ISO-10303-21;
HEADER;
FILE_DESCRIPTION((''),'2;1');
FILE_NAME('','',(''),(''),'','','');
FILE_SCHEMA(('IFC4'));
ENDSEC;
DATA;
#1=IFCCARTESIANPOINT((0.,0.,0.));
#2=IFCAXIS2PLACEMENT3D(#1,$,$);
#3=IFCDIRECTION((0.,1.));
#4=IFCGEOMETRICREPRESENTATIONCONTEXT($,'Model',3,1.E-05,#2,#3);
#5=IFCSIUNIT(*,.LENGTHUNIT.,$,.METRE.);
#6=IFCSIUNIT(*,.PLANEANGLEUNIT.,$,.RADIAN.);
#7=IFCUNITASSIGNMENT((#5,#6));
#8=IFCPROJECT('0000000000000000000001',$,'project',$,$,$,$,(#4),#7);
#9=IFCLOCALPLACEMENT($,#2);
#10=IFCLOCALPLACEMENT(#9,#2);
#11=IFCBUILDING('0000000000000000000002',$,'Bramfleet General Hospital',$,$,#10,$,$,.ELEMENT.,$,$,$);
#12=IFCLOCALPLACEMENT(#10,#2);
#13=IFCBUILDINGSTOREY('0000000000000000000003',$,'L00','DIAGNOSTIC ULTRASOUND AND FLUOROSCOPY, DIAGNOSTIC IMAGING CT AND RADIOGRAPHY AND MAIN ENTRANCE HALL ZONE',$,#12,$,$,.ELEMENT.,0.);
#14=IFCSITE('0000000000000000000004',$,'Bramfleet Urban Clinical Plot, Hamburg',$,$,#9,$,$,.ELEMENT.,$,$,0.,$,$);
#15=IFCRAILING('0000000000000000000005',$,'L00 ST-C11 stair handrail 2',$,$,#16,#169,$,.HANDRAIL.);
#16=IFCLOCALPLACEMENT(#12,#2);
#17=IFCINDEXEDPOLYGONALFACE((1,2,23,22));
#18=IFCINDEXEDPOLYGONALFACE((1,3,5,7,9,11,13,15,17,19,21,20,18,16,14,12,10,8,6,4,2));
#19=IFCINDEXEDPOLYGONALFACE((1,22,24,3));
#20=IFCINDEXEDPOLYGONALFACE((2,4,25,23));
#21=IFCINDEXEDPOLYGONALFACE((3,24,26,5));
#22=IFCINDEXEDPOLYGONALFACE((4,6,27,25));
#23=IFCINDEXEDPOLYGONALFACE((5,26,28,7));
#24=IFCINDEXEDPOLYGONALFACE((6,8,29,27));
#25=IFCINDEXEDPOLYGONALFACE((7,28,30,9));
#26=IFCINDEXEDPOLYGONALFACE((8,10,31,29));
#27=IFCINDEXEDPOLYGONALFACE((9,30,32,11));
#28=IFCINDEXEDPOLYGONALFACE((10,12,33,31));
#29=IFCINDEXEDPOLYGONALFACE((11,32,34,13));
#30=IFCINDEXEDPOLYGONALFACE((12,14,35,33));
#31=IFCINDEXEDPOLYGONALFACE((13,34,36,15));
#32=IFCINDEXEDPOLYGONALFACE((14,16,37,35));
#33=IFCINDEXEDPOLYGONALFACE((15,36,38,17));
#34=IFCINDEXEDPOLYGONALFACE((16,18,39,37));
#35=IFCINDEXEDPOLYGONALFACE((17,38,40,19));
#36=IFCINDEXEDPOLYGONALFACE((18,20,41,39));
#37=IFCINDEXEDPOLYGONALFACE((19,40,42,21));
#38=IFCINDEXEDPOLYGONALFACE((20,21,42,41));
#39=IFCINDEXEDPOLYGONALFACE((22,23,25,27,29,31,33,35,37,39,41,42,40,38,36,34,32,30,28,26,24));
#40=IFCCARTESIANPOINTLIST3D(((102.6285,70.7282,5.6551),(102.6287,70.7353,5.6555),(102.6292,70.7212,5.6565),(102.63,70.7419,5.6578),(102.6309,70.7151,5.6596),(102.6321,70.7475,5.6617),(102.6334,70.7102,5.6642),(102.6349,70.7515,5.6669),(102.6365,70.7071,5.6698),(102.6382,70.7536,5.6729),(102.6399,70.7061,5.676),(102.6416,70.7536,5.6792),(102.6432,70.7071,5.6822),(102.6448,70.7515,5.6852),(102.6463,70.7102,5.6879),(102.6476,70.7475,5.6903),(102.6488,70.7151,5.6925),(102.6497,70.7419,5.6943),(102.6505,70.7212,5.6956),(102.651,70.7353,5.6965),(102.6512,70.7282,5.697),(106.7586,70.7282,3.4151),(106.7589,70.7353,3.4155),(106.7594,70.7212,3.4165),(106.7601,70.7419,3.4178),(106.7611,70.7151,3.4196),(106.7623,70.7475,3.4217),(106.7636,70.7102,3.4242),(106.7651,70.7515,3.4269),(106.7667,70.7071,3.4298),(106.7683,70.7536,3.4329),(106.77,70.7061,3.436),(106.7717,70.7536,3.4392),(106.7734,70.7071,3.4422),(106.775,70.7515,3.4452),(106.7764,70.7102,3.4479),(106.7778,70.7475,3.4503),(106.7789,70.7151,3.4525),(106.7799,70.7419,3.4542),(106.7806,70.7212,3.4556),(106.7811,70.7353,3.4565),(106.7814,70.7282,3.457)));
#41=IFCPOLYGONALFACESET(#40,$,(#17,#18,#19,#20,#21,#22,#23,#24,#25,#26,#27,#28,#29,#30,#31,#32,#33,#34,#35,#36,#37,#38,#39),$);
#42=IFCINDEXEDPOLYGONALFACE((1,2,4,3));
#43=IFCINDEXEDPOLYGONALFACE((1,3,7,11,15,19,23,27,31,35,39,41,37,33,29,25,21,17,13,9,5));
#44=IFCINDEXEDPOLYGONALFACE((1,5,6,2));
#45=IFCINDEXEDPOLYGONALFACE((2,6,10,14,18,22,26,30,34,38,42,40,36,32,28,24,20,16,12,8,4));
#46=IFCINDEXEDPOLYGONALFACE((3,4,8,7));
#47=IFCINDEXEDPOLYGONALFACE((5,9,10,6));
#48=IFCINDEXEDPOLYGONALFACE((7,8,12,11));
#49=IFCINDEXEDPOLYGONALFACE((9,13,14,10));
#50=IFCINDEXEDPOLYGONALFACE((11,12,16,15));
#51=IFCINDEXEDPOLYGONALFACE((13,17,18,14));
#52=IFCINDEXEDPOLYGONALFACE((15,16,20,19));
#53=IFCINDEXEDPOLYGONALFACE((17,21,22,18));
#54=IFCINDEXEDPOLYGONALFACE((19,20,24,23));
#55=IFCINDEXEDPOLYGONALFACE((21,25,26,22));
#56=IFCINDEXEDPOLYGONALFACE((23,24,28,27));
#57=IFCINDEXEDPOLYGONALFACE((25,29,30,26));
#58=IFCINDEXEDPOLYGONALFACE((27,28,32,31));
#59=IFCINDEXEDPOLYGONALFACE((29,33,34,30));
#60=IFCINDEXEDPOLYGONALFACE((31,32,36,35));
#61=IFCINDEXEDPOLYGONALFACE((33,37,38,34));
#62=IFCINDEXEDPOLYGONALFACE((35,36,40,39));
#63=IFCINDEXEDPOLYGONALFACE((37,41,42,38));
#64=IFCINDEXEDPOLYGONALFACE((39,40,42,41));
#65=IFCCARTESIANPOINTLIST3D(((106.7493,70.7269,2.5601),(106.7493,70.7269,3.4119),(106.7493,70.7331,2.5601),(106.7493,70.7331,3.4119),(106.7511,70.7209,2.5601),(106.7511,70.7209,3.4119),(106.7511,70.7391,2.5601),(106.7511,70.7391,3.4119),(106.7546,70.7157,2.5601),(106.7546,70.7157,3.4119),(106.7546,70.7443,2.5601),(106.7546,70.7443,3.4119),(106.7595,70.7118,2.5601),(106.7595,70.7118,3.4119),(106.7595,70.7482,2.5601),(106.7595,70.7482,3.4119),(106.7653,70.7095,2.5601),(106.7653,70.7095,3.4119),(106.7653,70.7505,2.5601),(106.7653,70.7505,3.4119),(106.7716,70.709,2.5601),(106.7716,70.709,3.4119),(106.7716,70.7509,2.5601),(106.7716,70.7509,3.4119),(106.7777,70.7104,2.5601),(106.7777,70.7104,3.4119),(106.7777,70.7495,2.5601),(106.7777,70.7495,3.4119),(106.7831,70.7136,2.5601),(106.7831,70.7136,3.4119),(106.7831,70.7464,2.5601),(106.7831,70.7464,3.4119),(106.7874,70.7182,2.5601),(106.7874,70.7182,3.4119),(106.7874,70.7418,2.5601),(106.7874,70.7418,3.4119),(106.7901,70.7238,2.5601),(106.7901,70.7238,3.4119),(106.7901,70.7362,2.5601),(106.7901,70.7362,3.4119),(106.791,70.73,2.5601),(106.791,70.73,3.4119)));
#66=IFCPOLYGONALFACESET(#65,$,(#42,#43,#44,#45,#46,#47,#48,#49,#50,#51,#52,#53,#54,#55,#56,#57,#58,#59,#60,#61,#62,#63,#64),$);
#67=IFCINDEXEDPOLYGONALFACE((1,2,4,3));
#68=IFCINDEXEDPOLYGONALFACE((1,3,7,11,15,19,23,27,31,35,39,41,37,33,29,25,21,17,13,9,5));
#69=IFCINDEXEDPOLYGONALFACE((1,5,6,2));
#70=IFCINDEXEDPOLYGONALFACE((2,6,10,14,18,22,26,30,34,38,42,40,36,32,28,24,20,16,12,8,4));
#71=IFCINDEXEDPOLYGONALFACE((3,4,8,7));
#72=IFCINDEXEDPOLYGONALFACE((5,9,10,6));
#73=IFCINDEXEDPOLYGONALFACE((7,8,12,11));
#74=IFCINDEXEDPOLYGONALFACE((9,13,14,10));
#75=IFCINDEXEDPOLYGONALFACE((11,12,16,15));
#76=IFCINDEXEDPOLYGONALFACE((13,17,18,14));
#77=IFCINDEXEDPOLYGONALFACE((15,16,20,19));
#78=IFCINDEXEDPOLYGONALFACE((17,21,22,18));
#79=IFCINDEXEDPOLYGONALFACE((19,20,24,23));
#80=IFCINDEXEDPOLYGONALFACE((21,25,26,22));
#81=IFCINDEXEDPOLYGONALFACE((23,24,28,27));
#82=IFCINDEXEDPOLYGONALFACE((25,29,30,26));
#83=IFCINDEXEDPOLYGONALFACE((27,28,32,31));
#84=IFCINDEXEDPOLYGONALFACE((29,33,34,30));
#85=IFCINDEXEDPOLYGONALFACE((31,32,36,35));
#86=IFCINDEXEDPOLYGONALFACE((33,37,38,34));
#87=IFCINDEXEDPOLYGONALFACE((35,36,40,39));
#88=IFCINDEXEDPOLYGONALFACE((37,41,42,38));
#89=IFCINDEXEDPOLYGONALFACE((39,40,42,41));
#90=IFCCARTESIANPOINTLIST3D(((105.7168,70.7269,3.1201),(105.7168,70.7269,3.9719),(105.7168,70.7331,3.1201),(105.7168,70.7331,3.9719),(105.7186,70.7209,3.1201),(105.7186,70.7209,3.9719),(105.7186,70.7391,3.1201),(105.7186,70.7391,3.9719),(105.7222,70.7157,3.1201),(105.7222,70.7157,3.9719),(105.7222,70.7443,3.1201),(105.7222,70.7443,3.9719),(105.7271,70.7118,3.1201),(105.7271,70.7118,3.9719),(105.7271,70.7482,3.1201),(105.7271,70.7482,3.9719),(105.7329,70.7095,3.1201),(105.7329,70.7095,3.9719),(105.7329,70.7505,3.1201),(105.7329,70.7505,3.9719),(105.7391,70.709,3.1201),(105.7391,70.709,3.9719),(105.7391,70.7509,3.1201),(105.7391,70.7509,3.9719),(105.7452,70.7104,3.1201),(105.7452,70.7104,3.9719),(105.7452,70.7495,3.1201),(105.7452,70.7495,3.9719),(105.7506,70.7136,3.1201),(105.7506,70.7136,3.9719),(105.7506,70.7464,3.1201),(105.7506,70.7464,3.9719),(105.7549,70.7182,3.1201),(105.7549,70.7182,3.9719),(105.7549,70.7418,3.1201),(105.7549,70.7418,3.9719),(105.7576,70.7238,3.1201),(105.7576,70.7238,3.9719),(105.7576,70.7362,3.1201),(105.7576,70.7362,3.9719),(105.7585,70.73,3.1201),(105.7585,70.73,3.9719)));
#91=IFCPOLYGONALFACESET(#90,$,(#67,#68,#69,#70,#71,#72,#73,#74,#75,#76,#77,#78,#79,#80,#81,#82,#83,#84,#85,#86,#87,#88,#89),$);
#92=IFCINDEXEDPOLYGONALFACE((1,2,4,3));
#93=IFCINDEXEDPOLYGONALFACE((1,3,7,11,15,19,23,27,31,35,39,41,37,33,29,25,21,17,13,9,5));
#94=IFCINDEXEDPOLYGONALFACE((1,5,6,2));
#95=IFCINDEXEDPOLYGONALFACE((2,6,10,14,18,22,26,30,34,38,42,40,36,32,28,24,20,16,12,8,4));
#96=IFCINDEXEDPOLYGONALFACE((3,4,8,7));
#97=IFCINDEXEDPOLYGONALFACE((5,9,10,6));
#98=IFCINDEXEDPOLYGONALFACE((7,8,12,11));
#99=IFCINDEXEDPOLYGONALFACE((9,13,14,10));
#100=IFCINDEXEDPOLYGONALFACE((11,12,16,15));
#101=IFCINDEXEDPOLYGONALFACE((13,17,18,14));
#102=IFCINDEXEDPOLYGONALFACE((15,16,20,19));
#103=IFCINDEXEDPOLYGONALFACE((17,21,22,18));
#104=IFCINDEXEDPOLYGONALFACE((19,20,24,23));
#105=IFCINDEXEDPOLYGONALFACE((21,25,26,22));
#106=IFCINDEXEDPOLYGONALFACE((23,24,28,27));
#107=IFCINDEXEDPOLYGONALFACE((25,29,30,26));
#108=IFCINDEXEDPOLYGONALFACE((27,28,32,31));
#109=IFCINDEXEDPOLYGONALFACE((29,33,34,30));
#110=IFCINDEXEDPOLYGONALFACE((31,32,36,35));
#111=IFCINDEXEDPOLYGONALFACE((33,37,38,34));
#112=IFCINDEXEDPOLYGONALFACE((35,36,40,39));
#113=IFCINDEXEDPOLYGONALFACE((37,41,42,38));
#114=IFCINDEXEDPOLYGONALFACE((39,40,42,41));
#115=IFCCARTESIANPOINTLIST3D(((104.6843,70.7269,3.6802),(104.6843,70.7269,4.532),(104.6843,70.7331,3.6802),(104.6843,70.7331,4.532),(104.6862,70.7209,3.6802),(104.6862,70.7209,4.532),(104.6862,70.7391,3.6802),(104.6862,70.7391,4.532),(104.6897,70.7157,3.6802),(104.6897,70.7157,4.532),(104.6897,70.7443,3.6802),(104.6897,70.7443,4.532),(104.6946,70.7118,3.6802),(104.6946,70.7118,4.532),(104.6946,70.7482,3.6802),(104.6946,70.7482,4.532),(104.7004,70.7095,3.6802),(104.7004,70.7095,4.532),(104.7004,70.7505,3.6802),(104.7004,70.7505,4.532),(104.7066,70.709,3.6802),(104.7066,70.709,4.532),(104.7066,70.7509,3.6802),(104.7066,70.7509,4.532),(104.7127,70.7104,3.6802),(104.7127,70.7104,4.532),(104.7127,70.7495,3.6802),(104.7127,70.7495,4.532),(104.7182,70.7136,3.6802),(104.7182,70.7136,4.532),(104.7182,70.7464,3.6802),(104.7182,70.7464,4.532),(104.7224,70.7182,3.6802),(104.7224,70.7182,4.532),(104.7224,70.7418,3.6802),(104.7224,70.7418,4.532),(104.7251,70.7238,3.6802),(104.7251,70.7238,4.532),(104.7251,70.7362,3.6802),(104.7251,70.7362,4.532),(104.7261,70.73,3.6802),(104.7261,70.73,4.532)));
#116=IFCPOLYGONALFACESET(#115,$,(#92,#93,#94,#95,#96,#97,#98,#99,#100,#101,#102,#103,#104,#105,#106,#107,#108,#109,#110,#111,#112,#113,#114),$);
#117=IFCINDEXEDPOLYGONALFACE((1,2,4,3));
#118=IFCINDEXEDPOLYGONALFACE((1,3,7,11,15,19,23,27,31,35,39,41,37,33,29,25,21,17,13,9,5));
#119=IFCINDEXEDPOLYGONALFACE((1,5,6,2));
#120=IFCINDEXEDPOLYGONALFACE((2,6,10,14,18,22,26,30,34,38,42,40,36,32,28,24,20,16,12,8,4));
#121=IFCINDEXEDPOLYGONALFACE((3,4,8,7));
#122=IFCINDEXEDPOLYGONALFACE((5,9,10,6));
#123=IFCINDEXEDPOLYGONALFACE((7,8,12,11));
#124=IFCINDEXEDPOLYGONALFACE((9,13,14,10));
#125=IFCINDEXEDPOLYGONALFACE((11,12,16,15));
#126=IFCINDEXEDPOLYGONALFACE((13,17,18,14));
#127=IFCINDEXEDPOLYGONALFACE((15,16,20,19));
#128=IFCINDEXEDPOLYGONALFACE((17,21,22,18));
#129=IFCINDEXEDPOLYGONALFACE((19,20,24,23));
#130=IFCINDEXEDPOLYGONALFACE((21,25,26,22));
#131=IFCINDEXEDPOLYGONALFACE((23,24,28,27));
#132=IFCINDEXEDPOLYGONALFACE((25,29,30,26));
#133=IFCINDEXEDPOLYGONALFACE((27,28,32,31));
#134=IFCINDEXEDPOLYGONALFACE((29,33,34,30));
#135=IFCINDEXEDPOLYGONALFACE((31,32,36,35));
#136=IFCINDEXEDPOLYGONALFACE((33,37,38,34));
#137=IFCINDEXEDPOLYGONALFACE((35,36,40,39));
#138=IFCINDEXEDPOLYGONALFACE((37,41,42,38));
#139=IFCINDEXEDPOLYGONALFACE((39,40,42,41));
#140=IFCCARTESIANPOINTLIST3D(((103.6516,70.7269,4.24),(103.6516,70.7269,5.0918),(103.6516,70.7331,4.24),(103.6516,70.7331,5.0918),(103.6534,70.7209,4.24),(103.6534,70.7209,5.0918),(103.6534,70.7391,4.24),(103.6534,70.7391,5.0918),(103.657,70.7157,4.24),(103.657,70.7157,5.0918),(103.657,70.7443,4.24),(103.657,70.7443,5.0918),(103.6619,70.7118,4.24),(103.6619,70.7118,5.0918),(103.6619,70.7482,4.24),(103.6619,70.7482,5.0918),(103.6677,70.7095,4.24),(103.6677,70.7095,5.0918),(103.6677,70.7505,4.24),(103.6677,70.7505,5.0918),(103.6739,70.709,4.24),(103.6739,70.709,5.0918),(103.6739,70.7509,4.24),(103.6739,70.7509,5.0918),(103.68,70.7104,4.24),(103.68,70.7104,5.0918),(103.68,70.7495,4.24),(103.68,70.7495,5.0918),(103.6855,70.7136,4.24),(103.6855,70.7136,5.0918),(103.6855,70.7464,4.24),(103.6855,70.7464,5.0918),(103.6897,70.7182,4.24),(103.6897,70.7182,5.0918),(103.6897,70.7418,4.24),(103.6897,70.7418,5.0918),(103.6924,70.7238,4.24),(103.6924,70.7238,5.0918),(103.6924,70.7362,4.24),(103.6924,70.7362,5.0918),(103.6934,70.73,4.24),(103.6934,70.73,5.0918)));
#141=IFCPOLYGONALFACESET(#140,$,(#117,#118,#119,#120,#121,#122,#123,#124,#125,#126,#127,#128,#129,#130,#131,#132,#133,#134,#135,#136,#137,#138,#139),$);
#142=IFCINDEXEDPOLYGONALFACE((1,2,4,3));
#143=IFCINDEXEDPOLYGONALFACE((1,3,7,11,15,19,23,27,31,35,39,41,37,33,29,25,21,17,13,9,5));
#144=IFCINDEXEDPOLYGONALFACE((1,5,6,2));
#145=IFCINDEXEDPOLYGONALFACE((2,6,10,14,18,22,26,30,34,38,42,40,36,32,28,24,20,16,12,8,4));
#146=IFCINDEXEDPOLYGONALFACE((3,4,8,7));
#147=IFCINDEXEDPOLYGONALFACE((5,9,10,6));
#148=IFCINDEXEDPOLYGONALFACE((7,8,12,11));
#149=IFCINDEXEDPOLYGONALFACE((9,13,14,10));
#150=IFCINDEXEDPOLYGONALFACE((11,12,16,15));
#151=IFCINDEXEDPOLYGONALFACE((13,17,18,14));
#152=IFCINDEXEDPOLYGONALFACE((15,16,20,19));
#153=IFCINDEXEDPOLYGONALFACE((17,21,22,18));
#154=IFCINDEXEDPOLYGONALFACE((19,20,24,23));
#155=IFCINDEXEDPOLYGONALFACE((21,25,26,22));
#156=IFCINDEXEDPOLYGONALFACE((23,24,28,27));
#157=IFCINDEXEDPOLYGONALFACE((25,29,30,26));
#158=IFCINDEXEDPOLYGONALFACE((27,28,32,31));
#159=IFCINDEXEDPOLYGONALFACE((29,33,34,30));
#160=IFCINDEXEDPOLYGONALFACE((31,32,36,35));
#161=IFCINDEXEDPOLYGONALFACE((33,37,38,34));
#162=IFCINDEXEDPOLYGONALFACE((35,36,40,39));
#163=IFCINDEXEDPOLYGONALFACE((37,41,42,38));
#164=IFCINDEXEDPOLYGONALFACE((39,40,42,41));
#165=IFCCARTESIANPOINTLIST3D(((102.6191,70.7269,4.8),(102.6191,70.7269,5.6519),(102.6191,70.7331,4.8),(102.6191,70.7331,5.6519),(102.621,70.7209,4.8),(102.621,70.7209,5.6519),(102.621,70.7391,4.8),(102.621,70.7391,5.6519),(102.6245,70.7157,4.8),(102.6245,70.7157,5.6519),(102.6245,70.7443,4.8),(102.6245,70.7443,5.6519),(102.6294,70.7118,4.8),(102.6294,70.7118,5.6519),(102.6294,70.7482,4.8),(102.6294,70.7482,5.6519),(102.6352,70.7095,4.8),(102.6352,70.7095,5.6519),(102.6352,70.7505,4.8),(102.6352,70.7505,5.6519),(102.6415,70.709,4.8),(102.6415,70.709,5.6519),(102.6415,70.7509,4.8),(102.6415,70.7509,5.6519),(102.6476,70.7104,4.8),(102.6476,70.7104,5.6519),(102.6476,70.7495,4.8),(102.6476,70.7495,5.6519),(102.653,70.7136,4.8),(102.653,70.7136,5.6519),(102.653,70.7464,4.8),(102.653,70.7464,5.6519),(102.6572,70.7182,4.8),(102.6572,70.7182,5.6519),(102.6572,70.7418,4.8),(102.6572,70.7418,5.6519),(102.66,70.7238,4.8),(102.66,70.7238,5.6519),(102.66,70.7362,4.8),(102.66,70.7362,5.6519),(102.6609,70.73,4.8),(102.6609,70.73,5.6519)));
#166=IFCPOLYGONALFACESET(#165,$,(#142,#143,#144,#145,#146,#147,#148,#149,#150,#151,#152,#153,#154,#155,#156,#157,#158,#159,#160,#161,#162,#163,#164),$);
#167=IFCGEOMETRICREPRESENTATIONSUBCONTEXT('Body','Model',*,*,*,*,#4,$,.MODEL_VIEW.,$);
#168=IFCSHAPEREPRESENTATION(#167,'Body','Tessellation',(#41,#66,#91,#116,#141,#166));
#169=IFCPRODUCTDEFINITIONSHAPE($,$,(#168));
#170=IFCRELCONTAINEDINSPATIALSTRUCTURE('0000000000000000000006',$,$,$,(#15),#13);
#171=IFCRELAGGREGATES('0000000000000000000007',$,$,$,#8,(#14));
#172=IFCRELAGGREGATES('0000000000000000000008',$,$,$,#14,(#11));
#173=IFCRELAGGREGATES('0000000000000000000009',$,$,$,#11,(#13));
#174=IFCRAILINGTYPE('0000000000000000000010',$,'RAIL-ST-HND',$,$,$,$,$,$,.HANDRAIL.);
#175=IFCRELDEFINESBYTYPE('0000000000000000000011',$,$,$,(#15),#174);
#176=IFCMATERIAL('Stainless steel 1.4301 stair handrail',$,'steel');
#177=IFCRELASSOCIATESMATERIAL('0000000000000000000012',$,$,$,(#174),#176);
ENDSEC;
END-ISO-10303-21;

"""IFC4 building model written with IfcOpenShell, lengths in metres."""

from ifc_helpers import new_model, si_unit, direction, frame, origin, origin_2d, place, context, subcontext, project, spatial, circle, extrude, material, type_object, element, save


model = new_model("IFC4")

# Units and contexts
model_context = context("Model", 3, precision=1e-05, world=origin(), true_north=direction((0.0, 1.0)))
body_context = subcontext(model_context, "Body", "Model", "MODEL_VIEW")
ifc_project = project(units=[si_unit("LENGTHUNIT", "METRE"), si_unit("PLANEANGLEUNIT", "RADIAN")], contexts=[model_context])

# Site, building, storey
site_placement = place(None, origin())
site = spatial("IfcSite", under=ifc_project, at=site_placement, Name="Bramfleet Urban Clinical Plot, Hamburg", CompositionType="ELEMENT", RefElevation=0.0)
building_placement = place(site_placement, origin())
building = spatial("IfcBuilding", under=site, at=building_placement, Name="Bramfleet General Hospital", CompositionType="ELEMENT")
storey_placement = place(building_placement, origin())
storey = spatial("IfcBuildingStorey", under=building, at=storey_placement, Name="L00", Description="DIAGNOSTIC ULTRASOUND AND FLUOROSCOPY, DIAGNOSTIC IMAGING CT AND RADIOGRAPHY AND MAIN ENTRANCE HALL ZONE", CompositionType="ELEMENT", Elevation=0.0)

# Railing
ifc_material_1 = material(Name="Stainless steel 1.4301 stair handrail", Category="steel")
railing_type_1 = type_object("IfcRailingType", Name="RAIL-ST-HND", PredefinedType="HANDRAIL", material=ifc_material_1)
railing_1_placement = place(storey_placement, frame((106.77, 70.73, 2.5601)))
element("IfcRailing", 1, at=railing_1_placement, inside=storey, type_object=railing_type_1, Name="L00 ST-C11 stair handrail 2", PredefinedType="HANDRAIL", context=body_context, shape_type="SweptSolid", body=[
    extrude(circle(Radius=0.0239, at=origin_2d()), frame((0.0, 0.0, 0.876), z_axis=(-0.879039, 0.0, 0.47675), x_axis=(0.0, -1.0, 0.0)), (0.0, 0.0, 1.0), 4.6985),
    extrude(circle(Radius=0.021, at=origin_2d()), origin(), (0.0, 0.0, 1.0), 0.8518),
    extrude(circle(Radius=0.021, at=origin_2d()), frame((-1.0325, 0.0, 0.5601)), (0.0, 0.0, 1.0), 0.8518),
    extrude(circle(Radius=0.021, at=origin_2d()), frame((-2.0649, 0.0, 1.1201)), (0.0, 0.0, 1.0), 0.8518),
    extrude(circle(Radius=0.021, at=origin_2d()), frame((-3.0977, 0.0, 1.6799)), (0.0, 0.0, 1.0), 0.8518),
    extrude(circle(Radius=0.021, at=origin_2d()), frame((-4.1301, 0.0, 2.24)), (0.0, 0.0, 1.0), 0.8518),
])

save(model, "model.ifc")
